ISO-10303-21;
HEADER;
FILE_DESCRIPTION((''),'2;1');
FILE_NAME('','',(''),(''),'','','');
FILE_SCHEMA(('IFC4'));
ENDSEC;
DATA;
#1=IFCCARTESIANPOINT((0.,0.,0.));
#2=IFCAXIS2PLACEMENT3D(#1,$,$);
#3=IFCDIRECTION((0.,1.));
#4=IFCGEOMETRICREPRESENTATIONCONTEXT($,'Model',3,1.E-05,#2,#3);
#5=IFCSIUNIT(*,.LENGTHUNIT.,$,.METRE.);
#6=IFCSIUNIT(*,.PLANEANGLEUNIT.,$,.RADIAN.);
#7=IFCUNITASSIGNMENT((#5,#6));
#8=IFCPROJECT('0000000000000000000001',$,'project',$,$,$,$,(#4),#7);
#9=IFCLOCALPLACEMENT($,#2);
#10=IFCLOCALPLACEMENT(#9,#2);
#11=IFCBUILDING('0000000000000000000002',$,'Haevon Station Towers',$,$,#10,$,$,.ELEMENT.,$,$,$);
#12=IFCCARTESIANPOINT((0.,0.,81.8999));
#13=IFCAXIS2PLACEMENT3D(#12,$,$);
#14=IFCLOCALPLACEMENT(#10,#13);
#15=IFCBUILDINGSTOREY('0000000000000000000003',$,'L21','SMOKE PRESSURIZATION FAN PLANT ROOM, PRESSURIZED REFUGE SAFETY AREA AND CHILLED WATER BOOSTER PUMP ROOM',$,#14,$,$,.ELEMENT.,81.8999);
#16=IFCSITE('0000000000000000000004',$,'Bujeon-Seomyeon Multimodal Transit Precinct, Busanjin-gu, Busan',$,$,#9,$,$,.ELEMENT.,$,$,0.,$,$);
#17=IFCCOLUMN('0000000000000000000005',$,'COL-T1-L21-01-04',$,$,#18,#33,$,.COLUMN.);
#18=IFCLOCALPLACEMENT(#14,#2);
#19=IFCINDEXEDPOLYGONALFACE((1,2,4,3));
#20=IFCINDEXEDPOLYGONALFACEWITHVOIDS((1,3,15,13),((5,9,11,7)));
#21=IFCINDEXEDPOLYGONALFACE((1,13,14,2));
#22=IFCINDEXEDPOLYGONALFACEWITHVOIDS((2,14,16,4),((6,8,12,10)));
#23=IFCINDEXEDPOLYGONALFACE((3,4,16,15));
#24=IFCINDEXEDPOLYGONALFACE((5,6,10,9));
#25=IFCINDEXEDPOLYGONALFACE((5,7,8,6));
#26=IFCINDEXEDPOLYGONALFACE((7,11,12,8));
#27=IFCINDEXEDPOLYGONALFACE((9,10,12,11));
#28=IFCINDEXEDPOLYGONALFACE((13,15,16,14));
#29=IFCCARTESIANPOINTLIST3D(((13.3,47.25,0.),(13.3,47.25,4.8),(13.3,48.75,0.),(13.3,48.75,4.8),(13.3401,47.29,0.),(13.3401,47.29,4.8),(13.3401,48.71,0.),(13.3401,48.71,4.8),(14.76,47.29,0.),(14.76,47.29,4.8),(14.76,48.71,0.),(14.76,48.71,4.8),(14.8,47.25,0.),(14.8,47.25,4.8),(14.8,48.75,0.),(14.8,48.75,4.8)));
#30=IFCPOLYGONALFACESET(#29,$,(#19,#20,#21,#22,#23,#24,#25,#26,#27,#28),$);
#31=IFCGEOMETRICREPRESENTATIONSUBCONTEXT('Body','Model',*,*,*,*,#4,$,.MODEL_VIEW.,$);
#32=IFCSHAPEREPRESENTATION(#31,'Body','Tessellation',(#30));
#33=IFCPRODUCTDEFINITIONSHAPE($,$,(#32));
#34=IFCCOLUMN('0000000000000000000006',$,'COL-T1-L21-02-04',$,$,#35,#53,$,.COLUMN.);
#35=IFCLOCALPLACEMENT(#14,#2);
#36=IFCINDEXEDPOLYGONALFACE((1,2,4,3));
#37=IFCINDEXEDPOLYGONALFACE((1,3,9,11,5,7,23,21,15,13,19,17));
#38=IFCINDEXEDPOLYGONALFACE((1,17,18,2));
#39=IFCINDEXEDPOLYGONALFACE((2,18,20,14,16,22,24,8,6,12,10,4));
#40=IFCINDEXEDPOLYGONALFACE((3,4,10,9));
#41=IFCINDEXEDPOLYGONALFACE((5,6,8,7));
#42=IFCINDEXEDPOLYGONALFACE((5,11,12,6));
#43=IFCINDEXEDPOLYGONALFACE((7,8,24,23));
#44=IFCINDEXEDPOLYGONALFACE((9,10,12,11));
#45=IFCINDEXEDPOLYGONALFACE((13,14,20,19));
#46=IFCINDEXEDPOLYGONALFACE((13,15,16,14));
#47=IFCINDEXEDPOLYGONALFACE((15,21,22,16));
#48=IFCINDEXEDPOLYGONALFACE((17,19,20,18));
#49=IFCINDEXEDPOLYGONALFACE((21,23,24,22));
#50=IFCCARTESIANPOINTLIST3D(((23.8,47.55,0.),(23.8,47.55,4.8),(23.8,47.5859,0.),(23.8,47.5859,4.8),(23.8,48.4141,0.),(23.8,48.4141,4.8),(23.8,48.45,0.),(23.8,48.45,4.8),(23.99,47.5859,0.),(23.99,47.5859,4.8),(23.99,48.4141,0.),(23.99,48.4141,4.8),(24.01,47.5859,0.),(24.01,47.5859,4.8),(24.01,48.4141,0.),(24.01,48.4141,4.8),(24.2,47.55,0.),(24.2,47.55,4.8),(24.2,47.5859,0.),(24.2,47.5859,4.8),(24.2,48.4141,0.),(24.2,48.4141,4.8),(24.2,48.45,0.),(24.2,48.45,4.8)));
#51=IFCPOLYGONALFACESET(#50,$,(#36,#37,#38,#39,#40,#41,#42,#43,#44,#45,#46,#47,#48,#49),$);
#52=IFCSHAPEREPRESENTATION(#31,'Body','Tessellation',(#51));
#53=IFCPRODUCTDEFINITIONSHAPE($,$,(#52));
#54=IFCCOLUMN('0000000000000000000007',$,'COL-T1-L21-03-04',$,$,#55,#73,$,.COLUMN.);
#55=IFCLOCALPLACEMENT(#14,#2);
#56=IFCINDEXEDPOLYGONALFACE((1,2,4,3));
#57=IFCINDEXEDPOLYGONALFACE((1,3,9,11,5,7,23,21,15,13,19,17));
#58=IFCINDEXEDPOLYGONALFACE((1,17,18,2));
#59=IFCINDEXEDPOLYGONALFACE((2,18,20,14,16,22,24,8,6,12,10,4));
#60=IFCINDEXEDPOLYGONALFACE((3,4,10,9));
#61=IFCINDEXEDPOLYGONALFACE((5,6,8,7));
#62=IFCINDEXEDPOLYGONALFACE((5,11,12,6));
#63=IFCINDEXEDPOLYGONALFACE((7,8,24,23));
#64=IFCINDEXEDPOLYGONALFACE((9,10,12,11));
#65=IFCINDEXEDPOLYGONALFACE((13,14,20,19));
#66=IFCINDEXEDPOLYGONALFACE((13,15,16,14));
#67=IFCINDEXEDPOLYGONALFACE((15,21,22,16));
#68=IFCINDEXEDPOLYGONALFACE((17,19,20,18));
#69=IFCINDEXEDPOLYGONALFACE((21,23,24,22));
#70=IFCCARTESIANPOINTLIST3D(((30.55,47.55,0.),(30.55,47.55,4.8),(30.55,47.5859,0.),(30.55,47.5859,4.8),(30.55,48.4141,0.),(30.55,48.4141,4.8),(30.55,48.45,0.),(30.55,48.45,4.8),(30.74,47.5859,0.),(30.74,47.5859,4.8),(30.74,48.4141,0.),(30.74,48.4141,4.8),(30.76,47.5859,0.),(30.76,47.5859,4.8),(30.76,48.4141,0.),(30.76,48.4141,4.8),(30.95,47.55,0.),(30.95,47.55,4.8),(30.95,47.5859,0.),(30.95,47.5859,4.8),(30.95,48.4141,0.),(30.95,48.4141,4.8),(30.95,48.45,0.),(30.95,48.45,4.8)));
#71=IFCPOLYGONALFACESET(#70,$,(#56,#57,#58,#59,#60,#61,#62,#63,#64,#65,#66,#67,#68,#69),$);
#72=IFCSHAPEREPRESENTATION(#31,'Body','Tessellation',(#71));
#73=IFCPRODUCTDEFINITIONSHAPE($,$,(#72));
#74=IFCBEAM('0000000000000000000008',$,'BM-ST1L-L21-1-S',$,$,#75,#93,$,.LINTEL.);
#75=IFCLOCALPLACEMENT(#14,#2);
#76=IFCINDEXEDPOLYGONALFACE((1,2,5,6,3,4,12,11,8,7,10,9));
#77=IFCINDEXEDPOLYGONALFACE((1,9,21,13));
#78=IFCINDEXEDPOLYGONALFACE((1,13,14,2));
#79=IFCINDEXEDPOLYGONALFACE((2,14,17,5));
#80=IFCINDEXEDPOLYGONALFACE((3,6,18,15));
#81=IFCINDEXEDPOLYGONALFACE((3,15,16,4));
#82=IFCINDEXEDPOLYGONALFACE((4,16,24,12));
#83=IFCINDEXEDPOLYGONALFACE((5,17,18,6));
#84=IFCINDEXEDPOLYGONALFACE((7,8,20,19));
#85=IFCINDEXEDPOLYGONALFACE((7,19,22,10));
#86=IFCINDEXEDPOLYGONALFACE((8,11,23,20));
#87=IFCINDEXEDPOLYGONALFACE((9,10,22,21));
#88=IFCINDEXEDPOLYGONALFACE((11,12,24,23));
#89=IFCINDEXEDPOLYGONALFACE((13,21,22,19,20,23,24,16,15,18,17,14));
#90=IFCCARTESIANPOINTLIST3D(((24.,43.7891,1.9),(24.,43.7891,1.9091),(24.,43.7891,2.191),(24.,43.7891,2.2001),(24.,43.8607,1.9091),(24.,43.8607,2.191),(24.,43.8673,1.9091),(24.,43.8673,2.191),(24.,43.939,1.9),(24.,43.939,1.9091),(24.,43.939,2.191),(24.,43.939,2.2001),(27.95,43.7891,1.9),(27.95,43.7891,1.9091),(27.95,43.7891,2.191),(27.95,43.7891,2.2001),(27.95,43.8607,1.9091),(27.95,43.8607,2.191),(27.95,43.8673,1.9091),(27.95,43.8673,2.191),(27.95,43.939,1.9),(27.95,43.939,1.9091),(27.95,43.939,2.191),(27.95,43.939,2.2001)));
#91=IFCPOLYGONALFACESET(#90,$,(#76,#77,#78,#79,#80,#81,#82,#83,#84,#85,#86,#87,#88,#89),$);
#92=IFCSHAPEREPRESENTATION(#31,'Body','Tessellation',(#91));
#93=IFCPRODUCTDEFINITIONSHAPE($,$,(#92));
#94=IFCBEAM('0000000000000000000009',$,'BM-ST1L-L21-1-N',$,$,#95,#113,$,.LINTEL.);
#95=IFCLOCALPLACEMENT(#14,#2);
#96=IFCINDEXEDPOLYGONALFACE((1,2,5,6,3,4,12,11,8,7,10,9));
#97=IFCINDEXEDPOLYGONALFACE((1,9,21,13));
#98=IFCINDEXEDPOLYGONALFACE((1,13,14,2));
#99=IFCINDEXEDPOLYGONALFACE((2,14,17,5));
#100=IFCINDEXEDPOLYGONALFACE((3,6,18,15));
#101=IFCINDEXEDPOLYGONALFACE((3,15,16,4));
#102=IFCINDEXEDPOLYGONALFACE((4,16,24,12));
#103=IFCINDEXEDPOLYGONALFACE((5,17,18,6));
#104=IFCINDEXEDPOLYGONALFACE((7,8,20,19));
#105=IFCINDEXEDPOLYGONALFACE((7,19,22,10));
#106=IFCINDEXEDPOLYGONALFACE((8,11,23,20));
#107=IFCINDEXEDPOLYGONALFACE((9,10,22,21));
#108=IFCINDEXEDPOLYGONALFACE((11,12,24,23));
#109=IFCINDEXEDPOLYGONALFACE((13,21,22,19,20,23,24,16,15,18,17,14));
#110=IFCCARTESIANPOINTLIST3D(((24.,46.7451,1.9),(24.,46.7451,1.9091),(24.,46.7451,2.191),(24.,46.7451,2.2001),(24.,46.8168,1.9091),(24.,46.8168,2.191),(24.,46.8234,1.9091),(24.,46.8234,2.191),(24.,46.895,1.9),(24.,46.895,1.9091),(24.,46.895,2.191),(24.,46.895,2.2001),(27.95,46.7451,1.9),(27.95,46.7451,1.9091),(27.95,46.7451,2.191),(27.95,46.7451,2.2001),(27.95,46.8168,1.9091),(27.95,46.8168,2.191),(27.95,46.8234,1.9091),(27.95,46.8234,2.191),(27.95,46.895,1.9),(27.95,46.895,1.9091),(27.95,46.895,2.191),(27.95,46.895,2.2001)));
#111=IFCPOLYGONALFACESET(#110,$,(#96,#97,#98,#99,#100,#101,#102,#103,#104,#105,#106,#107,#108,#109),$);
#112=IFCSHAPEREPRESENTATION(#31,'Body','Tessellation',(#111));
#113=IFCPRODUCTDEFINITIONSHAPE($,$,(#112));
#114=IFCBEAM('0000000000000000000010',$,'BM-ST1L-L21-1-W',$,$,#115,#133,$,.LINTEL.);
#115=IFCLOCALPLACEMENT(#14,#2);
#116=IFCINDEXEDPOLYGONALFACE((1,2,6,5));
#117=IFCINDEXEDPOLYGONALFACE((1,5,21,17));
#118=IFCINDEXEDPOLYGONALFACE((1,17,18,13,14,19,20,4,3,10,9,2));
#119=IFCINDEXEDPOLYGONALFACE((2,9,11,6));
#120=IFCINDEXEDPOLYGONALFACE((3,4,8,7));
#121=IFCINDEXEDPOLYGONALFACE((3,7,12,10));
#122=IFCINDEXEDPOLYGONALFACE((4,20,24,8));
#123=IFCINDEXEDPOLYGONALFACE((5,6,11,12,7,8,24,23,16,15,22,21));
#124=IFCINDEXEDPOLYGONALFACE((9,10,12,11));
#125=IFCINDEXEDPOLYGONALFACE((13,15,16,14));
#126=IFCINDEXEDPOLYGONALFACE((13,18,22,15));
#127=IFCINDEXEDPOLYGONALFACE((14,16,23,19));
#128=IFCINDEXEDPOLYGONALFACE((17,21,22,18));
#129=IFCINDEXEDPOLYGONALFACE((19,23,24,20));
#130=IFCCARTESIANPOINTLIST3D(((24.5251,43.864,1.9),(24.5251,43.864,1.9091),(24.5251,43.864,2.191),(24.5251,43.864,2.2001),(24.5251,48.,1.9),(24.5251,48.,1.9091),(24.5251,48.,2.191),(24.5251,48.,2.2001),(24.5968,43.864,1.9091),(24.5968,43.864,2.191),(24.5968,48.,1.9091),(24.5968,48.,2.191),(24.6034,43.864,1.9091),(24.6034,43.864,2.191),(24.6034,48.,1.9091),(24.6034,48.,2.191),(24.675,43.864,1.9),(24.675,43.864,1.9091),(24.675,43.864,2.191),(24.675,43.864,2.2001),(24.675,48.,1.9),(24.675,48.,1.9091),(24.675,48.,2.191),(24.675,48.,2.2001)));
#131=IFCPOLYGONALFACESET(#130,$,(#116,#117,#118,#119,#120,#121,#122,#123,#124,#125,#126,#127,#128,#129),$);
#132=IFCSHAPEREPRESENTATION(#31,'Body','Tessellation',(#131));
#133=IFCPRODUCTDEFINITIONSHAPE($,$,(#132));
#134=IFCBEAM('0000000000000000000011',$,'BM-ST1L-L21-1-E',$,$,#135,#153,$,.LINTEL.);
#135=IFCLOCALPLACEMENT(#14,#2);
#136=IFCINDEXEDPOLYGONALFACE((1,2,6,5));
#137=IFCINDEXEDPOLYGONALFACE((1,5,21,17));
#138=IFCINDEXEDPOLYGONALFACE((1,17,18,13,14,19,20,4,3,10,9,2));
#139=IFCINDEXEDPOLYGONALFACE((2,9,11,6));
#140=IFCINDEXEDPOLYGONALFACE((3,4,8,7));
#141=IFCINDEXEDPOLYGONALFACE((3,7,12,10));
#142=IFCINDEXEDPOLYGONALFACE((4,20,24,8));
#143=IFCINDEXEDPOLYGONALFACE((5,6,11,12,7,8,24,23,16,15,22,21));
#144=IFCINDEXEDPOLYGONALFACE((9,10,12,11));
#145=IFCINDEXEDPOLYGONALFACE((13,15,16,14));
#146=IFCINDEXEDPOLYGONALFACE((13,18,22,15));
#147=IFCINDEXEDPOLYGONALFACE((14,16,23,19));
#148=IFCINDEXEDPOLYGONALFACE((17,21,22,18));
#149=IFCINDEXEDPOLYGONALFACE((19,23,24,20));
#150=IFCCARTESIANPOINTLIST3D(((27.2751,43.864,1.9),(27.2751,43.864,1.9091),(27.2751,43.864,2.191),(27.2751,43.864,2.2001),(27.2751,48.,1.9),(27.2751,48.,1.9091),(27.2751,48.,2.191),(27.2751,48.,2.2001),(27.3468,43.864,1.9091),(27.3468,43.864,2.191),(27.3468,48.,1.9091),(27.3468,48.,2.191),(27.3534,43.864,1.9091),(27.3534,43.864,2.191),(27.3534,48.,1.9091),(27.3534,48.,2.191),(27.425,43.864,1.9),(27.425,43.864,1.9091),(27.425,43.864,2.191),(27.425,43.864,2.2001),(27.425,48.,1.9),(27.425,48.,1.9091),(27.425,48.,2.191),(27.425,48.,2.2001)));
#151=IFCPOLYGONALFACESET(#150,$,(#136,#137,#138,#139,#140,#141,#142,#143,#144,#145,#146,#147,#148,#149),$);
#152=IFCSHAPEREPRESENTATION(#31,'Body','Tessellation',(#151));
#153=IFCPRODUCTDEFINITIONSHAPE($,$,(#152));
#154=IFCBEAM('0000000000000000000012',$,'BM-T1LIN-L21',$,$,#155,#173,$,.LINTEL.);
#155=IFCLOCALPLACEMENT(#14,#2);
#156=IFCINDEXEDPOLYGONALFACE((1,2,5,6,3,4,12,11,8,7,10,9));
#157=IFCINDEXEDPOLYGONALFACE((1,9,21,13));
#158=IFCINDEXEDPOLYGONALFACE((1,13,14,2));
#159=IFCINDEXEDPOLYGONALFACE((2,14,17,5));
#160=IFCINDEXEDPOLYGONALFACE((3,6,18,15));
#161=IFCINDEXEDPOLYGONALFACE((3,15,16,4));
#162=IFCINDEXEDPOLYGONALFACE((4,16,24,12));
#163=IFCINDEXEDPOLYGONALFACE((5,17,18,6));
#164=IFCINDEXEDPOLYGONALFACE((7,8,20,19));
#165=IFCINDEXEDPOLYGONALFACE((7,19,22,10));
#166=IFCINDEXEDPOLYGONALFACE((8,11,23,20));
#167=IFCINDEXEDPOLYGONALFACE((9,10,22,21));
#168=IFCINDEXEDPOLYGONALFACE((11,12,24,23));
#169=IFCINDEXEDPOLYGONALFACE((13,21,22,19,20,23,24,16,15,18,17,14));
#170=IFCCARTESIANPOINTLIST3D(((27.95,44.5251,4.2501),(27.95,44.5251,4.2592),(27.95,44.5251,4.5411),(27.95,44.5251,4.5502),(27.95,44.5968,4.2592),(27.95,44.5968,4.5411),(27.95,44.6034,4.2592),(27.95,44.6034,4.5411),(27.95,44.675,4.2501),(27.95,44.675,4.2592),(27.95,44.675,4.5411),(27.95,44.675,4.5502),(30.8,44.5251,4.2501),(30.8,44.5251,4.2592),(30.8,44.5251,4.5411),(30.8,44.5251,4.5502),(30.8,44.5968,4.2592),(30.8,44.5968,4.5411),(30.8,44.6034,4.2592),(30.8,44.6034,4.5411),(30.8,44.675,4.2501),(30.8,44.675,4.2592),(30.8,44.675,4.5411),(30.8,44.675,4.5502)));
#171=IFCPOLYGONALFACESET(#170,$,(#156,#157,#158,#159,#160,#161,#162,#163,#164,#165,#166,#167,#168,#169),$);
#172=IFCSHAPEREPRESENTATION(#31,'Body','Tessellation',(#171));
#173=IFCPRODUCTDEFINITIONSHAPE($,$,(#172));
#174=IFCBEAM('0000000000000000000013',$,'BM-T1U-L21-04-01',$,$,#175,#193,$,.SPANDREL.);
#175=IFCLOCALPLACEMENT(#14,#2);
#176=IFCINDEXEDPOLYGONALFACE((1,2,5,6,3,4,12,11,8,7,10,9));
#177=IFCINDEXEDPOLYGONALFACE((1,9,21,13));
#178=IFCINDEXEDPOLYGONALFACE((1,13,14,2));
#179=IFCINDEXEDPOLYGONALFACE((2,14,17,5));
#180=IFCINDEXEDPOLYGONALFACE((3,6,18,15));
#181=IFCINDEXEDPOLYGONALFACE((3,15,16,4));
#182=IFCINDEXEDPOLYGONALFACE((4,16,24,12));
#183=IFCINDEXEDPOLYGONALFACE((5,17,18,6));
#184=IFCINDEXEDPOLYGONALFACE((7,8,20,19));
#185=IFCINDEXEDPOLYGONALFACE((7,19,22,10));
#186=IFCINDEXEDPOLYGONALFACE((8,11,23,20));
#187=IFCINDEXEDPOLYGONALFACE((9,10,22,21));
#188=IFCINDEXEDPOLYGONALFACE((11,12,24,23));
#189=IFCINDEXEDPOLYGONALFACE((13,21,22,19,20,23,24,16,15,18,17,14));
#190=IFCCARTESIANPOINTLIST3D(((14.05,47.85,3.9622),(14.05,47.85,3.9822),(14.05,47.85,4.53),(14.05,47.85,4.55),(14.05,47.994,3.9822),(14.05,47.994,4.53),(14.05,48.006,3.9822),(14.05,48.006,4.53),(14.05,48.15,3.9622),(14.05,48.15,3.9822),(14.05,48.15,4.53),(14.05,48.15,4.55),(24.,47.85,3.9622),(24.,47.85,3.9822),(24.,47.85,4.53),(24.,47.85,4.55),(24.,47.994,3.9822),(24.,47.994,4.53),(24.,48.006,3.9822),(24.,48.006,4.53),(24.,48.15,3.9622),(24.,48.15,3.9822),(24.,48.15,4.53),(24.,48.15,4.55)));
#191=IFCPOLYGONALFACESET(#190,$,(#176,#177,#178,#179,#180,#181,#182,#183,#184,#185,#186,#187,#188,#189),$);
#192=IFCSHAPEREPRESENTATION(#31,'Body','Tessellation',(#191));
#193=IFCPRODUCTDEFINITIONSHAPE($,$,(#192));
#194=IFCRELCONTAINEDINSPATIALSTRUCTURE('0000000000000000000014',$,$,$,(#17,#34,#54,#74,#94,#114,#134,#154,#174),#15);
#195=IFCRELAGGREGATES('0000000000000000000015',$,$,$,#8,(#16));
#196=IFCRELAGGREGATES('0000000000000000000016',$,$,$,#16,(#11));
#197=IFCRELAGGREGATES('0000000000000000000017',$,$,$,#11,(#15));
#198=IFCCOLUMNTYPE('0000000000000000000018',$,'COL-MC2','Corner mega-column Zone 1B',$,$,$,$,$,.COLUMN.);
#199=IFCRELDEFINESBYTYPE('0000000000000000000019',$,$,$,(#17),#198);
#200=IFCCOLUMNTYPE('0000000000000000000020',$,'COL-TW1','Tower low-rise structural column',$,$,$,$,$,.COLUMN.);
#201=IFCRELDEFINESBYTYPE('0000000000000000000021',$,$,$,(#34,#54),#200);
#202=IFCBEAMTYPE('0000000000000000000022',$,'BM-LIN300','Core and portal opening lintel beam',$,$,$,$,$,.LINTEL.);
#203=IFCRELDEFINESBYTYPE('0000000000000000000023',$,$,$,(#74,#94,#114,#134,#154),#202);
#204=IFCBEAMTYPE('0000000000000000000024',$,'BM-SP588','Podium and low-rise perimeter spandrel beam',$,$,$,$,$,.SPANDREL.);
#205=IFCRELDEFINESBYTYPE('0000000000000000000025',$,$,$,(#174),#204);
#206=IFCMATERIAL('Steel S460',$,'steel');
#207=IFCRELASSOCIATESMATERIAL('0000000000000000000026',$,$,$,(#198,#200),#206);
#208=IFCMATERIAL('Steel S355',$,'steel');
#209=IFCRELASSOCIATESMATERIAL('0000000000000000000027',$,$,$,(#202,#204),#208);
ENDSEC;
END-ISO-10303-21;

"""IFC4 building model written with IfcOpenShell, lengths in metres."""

from ifc_helpers import new_model, si_unit, direction, frame, origin, origin_2d, place, context, subcontext, project, spatial, hollow_rectangle, i_section, extrude, material, material_profile, profile_set, type_object, element, save


model = new_model("IFC4")

# Units and contexts
model_context = context("Model", 3, precision=1e-05, world=origin(), true_north=direction((0.0, 1.0)))
body_context = subcontext(model_context, "Body", "Model", "MODEL_VIEW")
ifc_project = project(units=[si_unit("LENGTHUNIT", "METRE"), si_unit("PLANEANGLEUNIT", "RADIAN")], contexts=[model_context])

# Site, building, storey
site_placement = place(None, origin())
site = spatial("IfcSite", under=ifc_project, at=site_placement, Name="Bujeon-Seomyeon Multimodal Transit Precinct, Busanjin-gu, Busan", CompositionType="ELEMENT", RefElevation=0.0)
building_placement = place(site_placement, origin())
building = spatial("IfcBuilding", under=site, at=building_placement, Name="Haevon Station Towers", CompositionType="ELEMENT")
storey_placement = place(building_placement, frame((0.0, 0.0, 81.8999)))
storey = spatial("IfcBuildingStorey", under=building, at=storey_placement, Name="L21", Description="SMOKE PRESSURIZATION FAN PLANT ROOM, PRESSURIZED REFUGE SAFETY AREA AND CHILLED WATER BOOSTER PUMP ROOM", CompositionType="ELEMENT", Elevation=81.8999)

# Columns
ifc_material_1 = material(Name="Steel S460", Category="steel")
ifc_material_profile_1 = material_profile(ifc_material_1, hollow_rectangle(XDim=1.5, YDim=1.5, WallThickness=0.04, at=origin_2d()), Name="BOX-1500x1500x40")
ifc_profile_set_1 = profile_set([ifc_material_profile_1], Name="Steel S460")
column_type_1 = type_object("IfcColumnType", Name="COL-MC2", Description="Corner mega-column Zone 1B", PredefinedType="COLUMN", material=ifc_profile_set_1)
column_placement = place(storey_placement, frame((14.05, 48.0, 0.0), z_axis=(0.0, 0.0, 1.0), x_axis=(1.0, 0.0, 0.0)))
element("IfcColumn", 1, at=column_placement, inside=storey, type_object=column_type_1, Name="COL-T1-L21-01-04", PredefinedType="COLUMN", context=body_context, shape_type="SweptSolid", body=[
    extrude(hollow_rectangle(XDim=1.5, YDim=1.5, WallThickness=0.04, at=origin_2d()), origin(), (0.0, 0.0, 1.0), 4.8),
])
ifc_material_profile_2 = material_profile(ifc_material_1, i_section(OverallWidth=0.3999, OverallDepth=0.8999, WebThickness=0.02, FlangeThickness=0.0359, at=origin_2d()), Name="H-900x400x20x36")
ifc_profile_set_2 = profile_set([ifc_material_profile_2], Name="Steel S460")
column_type_2 = type_object("IfcColumnType", Name="COL-TW1", Description="Tower low-rise structural column", PredefinedType="COLUMN", material=ifc_profile_set_2)
for number, where, z_axis, x_axis, name in (
    (2, (24.0, 48.0, 0.0), (0.0, 0.0, 1.0), (1.0, 0.0, 0.0), "COL-T1-L21-02-04"),
    (3, (30.75, 48.0, 0.0), (0.0, 0.0, 1.0), (1.0, 0.0, 0.0), "COL-T1-L21-03-04"),
):
    element("IfcColumn", number, at=place(storey_placement, frame(where, z_axis=z_axis, x_axis=x_axis)), inside=storey, type_object=column_type_2, Name=name, PredefinedType="COLUMN", context=body_context, shape_type="SweptSolid", body=[
        extrude(i_section(OverallWidth=0.3999, OverallDepth=0.8999, WebThickness=0.02, FlangeThickness=0.0359, at=origin_2d()), origin(), (0.0, 0.0, 1.0), 4.8),
    ])

# Beams
ifc_material_2 = material(Name="Steel S355", Category="steel")
ifc_material_profile_3 = material_profile(ifc_material_2, i_section(OverallWidth=0.1499, OverallDepth=0.3, WebThickness=0.0066, FlangeThickness=0.009, at=origin_2d()), Name="H-300x150x6.5x9")
ifc_profile_set_3 = profile_set([ifc_material_profile_3], Name="Steel S355")
beam_type_1 = type_object("IfcBeamType", Name="BM-LIN300", Description="Core and portal opening lintel beam", PredefinedType="LINTEL", material=ifc_profile_set_3)
for number, where, z_axis, x_axis, name in (
    (4, (24.0, 43.864, 2.05), (1.0, 0.0, 0.0), (0.0, 1.0, 0.0), "BM-ST1L-L21-1-S"),
    (5, (24.0, 46.8201, 2.05), (1.0, 0.0, 0.0), (0.0, 1.0, 0.0), "BM-ST1L-L21-1-N"),
):
    element("IfcBeam", number, at=place(storey_placement, frame(where, z_axis=z_axis, x_axis=x_axis)), inside=storey, type_object=beam_type_1, Name=name, PredefinedType="LINTEL", context=body_context, shape_type="SweptSolid", body=[
        extrude(i_section(OverallWidth=0.1499, OverallDepth=0.3, WebThickness=0.0066, FlangeThickness=0.009, at=origin_2d()), origin(), (0.0, 0.0, 1.0), 3.95),
    ])
for number, where, z_axis, x_axis, name in (
    (6, (24.6001, 43.864, 2.05), (0.0, 1.0, 0.0), (-1.0, 0.0, 0.0), "BM-ST1L-L21-1-W"),
    (7, (27.3501, 43.864, 2.05), (0.0, 1.0, 0.0), (-1.0, 0.0, 0.0), "BM-ST1L-L21-1-E"),
):
    element("IfcBeam", number, at=place(storey_placement, frame(where, z_axis=z_axis, x_axis=x_axis)), inside=storey, type_object=beam_type_1, Name=name, PredefinedType="LINTEL", context=body_context, shape_type="SweptSolid", body=[
        extrude(i_section(OverallWidth=0.1499, OverallDepth=0.3, WebThickness=0.0066, FlangeThickness=0.009, at=origin_2d()), origin(), (0.0, 0.0, 1.0), 4.136),
    ])
beam_1_placement = place(storey_placement, frame((27.95, 44.6001, 4.4001), z_axis=(1.0, 0.0, 0.0), x_axis=(0.0, 1.0, 0.0)))
element("IfcBeam", 8, at=beam_1_placement, inside=storey, type_object=beam_type_1, Name="BM-T1LIN-L21", PredefinedType="LINTEL", context=body_context, shape_type="SweptSolid", body=[
    extrude(i_section(OverallWidth=0.1499, OverallDepth=0.3, WebThickness=0.0066, FlangeThickness=0.009, at=origin_2d()), origin(), (0.0, 0.0, 1.0), 2.8501),
])
ifc_material_profile_4 = material_profile(ifc_material_2, i_section(OverallWidth=0.3, OverallDepth=0.5879, WebThickness=0.012, FlangeThickness=0.02, at=origin_2d()), Name="H-588x300x12x20")
ifc_profile_set_4 = profile_set([ifc_material_profile_4], Name="Steel S355")
beam_type_2 = type_object("IfcBeamType", Name="BM-SP588", Description="Podium and low-rise perimeter spandrel beam", PredefinedType="SPANDREL", material=ifc_profile_set_4)
beam_2_placement = place(storey_placement, frame((14.05, 48.0, 4.2561), z_axis=(1.0, 0.0, 0.0), x_axis=(0.0, 1.0, 0.0)))
element("IfcBeam", 9, at=beam_2_placement, inside=storey, type_object=beam_type_2, Name="BM-T1U-L21-04-01", PredefinedType="SPANDREL", context=body_context, shape_type="SweptSolid", body=[
    extrude(i_section(OverallWidth=0.3, OverallDepth=0.5879, WebThickness=0.012, FlangeThickness=0.02, at=origin_2d()), origin(), (0.0, 0.0, 1.0), 9.95),
])

save(model, "model.ifc")
